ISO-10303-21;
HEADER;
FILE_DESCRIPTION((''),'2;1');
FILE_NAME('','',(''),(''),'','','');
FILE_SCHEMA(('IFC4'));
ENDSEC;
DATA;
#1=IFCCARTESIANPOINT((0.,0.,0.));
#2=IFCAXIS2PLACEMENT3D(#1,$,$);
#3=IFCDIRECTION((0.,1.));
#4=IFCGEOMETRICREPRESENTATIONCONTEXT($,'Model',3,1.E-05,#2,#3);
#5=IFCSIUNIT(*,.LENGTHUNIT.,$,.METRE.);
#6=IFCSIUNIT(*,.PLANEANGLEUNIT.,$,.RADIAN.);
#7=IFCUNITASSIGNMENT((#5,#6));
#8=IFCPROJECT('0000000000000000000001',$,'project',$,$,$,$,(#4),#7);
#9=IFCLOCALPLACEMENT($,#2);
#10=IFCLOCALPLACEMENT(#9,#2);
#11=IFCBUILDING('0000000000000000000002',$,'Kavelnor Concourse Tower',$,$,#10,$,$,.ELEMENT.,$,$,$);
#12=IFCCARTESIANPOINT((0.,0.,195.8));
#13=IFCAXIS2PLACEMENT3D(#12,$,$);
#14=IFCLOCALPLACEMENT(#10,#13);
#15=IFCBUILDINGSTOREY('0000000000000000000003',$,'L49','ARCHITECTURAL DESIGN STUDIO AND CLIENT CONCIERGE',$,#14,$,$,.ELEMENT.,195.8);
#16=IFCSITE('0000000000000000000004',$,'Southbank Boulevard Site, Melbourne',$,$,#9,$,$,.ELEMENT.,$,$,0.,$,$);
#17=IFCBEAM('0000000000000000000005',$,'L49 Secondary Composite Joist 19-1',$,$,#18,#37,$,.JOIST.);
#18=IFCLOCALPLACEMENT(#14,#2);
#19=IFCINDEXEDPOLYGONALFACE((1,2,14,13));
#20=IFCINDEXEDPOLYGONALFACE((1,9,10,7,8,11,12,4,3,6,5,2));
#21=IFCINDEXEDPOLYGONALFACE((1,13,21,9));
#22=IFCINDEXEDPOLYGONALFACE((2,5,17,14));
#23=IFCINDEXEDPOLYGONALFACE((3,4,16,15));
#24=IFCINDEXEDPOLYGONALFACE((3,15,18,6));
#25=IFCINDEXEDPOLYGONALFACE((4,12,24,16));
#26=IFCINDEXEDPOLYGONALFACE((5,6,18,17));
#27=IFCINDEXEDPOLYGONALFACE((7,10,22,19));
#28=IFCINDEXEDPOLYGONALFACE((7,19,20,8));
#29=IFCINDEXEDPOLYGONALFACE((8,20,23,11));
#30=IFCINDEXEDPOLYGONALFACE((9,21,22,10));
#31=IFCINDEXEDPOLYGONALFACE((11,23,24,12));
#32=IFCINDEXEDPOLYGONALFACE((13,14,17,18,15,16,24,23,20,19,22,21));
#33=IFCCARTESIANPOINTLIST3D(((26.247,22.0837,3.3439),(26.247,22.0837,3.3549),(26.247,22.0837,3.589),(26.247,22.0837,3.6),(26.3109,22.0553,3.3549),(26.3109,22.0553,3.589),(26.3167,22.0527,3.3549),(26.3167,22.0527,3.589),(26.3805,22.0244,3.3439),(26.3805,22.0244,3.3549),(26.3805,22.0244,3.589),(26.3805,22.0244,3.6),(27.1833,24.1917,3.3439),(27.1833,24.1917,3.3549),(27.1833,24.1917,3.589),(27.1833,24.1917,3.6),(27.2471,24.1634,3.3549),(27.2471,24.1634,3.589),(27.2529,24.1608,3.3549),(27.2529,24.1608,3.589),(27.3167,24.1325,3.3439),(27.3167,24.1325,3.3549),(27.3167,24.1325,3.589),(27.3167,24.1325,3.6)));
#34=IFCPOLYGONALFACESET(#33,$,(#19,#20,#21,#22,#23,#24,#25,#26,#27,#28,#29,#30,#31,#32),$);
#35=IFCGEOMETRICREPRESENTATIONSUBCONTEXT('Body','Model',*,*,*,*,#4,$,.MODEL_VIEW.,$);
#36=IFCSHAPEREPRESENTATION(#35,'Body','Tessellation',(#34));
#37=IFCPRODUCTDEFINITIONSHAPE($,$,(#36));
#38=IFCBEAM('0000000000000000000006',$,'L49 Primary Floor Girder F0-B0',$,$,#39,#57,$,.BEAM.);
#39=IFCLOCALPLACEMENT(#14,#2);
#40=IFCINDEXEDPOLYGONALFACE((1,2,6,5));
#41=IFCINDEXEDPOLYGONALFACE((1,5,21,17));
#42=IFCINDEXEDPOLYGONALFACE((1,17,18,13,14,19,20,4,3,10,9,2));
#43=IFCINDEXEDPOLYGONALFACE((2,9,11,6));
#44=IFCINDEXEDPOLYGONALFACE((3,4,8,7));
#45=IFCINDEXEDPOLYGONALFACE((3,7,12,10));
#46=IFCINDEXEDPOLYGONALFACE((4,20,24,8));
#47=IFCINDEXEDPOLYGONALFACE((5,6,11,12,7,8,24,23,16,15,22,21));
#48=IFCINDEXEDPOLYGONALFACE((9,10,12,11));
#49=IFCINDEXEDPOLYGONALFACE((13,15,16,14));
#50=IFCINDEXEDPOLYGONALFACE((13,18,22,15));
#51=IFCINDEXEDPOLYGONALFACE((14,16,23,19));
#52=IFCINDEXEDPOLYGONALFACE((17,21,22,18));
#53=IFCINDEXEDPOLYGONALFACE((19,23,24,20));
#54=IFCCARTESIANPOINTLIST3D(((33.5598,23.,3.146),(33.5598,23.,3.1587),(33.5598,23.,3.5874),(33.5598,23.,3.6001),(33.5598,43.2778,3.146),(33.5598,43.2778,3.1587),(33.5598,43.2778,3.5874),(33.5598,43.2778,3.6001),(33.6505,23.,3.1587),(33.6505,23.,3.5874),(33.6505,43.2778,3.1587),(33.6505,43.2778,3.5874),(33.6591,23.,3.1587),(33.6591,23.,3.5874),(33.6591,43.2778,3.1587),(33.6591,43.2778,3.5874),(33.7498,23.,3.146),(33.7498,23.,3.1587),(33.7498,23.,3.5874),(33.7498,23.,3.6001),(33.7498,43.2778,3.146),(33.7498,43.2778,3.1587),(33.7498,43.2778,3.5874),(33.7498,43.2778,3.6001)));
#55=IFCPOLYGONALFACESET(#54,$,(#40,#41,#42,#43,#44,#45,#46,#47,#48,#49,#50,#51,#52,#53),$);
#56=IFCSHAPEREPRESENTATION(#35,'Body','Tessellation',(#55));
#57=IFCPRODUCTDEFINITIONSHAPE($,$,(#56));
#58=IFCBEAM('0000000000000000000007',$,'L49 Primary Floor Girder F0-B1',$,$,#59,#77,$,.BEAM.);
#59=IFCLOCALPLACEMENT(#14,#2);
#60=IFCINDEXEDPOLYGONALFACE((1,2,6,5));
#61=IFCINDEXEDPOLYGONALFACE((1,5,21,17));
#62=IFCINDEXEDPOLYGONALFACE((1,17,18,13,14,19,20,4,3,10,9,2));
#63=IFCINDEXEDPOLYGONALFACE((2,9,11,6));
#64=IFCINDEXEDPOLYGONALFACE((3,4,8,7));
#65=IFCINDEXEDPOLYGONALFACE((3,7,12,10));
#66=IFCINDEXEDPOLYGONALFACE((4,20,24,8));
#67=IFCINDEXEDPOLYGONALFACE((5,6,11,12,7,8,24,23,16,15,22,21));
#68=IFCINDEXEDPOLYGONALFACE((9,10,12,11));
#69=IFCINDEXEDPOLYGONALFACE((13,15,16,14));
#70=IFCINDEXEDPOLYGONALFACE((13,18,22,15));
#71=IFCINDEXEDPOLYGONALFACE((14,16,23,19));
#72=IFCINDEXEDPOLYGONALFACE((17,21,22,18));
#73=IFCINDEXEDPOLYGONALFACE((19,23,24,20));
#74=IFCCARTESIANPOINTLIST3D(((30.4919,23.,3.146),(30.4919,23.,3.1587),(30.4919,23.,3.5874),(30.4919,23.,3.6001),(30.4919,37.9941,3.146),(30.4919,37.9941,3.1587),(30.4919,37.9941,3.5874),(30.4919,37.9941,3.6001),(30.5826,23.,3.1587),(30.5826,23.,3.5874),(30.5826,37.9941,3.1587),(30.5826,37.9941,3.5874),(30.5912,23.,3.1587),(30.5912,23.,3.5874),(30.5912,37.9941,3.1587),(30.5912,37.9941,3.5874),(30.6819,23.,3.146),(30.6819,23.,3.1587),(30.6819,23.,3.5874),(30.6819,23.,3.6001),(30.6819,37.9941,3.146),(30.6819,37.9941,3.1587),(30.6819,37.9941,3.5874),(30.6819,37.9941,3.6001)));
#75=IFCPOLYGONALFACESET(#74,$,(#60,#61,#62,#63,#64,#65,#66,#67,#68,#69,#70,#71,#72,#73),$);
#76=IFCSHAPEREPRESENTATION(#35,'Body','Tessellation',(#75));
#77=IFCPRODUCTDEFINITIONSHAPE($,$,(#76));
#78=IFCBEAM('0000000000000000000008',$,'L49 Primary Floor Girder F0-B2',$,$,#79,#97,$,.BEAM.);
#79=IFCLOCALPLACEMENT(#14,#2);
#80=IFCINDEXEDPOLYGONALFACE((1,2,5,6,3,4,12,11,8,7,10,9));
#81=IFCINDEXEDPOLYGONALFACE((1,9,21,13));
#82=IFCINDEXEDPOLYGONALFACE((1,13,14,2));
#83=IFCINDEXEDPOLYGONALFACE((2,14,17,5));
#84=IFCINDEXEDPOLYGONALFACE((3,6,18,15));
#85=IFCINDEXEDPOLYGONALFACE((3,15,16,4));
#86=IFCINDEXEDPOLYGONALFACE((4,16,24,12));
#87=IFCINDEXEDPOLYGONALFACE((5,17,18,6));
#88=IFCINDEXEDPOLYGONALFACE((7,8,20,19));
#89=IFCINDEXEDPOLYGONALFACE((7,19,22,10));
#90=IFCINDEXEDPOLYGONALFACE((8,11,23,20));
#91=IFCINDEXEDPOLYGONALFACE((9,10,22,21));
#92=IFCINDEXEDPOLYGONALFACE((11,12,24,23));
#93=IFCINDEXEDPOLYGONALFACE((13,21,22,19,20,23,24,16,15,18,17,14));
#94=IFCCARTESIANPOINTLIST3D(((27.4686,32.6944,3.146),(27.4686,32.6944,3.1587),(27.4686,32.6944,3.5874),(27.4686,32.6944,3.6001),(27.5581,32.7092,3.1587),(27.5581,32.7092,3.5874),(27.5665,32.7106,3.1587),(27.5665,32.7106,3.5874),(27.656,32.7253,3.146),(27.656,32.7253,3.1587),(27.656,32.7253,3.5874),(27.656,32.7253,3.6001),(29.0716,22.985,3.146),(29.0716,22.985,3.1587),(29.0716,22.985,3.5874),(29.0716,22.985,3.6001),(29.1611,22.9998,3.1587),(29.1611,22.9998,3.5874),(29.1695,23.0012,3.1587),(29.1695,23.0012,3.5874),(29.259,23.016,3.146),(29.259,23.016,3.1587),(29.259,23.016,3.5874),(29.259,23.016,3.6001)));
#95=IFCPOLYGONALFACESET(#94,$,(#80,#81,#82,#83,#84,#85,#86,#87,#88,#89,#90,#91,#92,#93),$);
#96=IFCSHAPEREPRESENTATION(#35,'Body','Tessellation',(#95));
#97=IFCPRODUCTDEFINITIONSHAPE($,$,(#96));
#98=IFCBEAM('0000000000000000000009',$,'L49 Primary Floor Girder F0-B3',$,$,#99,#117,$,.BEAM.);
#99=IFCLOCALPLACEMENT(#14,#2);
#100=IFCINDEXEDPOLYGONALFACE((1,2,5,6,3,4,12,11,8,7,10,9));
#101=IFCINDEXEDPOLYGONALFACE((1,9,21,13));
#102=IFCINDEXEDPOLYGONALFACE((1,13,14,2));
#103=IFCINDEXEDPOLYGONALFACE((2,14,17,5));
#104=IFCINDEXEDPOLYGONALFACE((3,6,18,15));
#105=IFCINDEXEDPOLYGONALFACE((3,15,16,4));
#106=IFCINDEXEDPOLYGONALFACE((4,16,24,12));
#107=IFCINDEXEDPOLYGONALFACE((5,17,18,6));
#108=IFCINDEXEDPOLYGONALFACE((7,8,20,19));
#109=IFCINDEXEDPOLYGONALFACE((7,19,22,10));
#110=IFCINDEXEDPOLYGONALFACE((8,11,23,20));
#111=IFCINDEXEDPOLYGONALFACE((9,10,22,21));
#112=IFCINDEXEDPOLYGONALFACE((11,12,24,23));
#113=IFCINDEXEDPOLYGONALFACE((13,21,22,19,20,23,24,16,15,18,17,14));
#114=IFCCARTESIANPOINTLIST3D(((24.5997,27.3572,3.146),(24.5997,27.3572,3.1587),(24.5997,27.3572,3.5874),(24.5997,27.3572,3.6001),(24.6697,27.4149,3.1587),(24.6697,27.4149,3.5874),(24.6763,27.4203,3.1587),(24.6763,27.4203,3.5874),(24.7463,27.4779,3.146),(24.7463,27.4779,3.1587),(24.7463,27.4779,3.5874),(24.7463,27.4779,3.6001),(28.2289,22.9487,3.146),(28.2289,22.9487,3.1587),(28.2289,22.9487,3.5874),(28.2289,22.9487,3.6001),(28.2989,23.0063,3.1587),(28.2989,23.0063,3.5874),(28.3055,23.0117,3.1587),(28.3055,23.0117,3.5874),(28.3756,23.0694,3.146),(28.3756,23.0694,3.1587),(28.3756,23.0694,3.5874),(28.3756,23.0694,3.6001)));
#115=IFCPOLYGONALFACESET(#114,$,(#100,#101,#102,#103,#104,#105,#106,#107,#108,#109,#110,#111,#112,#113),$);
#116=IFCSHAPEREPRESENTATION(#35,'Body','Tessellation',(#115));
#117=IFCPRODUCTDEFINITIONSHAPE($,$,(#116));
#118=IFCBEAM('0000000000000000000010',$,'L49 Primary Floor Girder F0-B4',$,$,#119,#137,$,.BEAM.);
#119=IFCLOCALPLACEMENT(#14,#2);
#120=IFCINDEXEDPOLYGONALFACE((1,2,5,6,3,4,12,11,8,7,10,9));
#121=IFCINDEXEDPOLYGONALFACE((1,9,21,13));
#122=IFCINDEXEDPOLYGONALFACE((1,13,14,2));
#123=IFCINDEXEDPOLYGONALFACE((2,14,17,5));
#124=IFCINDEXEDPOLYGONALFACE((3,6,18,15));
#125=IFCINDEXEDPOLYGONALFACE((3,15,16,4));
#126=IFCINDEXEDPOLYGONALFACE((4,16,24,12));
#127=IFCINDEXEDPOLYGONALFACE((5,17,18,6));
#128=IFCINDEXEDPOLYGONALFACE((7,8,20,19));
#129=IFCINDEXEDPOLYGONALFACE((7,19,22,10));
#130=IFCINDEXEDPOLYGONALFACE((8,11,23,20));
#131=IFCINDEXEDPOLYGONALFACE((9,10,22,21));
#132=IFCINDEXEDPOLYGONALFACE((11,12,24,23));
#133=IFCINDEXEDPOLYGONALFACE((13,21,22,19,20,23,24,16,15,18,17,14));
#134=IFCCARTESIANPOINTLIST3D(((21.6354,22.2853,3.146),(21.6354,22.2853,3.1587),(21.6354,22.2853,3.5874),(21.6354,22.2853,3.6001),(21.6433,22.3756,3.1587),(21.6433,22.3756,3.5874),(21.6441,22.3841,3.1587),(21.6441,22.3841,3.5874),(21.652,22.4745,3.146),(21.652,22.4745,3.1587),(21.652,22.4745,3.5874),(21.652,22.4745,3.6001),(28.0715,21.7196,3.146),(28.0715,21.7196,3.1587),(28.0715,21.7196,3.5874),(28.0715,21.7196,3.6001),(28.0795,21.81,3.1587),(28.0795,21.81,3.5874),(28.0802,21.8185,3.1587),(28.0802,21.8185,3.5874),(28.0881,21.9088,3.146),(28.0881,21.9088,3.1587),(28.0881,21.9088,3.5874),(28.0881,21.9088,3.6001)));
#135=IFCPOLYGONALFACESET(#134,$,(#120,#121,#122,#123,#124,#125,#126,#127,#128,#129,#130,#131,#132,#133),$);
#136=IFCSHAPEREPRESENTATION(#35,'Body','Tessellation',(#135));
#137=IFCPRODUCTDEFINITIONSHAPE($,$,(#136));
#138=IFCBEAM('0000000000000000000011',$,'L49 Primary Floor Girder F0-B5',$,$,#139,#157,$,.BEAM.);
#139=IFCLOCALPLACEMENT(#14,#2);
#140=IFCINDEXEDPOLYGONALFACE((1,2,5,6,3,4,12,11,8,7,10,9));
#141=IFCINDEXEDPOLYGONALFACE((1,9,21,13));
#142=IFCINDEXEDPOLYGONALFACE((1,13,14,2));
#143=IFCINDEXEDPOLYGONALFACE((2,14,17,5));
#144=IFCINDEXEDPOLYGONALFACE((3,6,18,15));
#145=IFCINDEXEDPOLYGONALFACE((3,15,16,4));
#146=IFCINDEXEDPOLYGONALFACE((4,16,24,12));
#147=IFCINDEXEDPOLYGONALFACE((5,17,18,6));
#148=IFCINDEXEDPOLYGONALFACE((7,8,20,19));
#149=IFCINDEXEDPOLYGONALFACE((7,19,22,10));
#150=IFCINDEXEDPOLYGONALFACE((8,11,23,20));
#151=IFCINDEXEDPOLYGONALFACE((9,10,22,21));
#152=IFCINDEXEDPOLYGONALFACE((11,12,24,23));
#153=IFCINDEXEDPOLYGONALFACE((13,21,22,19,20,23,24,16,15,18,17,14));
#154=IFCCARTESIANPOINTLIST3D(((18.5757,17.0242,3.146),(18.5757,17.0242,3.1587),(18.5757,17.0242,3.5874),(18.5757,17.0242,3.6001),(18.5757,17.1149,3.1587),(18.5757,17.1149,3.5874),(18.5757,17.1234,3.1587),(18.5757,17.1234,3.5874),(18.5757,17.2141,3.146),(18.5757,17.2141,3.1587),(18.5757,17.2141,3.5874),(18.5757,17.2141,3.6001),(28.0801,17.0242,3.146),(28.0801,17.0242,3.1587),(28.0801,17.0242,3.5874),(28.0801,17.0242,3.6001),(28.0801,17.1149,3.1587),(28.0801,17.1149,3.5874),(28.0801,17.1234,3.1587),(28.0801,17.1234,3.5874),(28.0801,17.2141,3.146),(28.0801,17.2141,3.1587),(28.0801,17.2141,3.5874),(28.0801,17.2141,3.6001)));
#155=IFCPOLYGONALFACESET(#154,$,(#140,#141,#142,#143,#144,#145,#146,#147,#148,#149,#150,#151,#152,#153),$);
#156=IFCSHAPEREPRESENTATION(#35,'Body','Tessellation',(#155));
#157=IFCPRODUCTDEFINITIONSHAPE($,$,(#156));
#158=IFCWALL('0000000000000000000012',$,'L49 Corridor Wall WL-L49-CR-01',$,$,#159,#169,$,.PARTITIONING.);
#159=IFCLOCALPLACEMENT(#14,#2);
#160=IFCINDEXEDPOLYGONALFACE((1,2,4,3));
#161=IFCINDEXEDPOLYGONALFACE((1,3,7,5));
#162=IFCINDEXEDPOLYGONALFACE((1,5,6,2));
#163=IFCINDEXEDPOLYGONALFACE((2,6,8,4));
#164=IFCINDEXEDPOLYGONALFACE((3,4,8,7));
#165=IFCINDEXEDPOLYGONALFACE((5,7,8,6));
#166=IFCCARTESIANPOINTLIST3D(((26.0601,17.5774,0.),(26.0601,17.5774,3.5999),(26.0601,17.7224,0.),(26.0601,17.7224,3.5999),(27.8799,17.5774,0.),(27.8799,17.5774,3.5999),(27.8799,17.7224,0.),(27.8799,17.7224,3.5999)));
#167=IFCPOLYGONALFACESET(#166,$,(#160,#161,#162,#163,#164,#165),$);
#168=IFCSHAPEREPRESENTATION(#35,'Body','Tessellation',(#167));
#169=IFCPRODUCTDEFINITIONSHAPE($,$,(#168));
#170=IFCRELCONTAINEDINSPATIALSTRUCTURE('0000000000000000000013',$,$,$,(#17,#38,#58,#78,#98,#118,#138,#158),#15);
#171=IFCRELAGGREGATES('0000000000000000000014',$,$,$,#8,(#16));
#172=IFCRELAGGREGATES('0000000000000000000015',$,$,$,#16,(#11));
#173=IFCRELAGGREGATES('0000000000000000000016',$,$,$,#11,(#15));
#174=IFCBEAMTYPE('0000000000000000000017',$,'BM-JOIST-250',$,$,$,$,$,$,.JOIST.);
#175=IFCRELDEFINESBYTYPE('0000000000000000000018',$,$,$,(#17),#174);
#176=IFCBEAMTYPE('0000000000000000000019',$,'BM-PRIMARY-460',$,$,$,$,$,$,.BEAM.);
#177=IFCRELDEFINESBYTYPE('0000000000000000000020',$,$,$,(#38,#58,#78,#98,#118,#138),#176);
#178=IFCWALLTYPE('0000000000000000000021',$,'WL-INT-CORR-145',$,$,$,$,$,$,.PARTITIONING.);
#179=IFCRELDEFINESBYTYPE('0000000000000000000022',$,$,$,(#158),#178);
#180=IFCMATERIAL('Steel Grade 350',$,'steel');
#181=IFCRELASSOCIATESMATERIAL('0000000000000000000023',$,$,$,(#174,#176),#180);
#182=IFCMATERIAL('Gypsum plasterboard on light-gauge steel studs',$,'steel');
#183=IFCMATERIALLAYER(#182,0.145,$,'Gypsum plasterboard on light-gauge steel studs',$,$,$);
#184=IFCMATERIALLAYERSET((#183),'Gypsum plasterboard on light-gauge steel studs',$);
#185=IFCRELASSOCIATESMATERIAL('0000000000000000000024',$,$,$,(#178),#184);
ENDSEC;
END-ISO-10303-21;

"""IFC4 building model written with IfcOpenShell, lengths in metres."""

from ifc_helpers import new_model, si_unit, direction, frame, frame_2d, origin, origin_2d, place, context, subcontext, project, spatial, rectangle, i_section, extrude, material, layer, layer_set, material_profile, profile_set, type_object, element, save


model = new_model("IFC4")

# Units and contexts
model_context = context("Model", 3, precision=1e-05, world=origin(), true_north=direction((0.0, 1.0)))
body_context = subcontext(model_context, "Body", "Model", "MODEL_VIEW")
ifc_project = project(units=[si_unit("LENGTHUNIT", "METRE"), si_unit("PLANEANGLEUNIT", "RADIAN")], contexts=[model_context])

# Site, building, storey
site_placement = place(None, origin())
site = spatial("IfcSite", under=ifc_project, at=site_placement, Name="Southbank Boulevard Site, Melbourne", CompositionType="ELEMENT", RefElevation=0.0)
building_placement = place(site_placement, origin())
building = spatial("IfcBuilding", under=site, at=building_placement, Name="Kavelnor Concourse Tower", CompositionType="ELEMENT")
storey_placement = place(building_placement, frame((0.0, 0.0, 195.8)))
storey = spatial("IfcBuildingStorey", under=building, at=storey_placement, Name="L49", Description="ARCHITECTURAL DESIGN STUDIO AND CLIENT CONCIERGE", CompositionType="ELEMENT", Elevation=195.8)

# Beams
ifc_material_1 = material(Name="Steel Grade 350", Category="steel")
ifc_material_profile_1 = material_profile(ifc_material_1, i_section(OverallWidth=0.146, OverallDepth=0.2561, WebThickness=0.0063, FlangeThickness=0.011, at=origin_2d()), Name="250UB37")
ifc_profile_set_1 = profile_set([ifc_material_profile_1], Name="Steel Grade 350")
beam_type_1 = type_object("IfcBeamType", Name="BM-JOIST-250", PredefinedType="JOIST", material=ifc_profile_set_1)
beam_1_placement = place(storey_placement, frame((27.25, 24.1621, 3.4719), z_axis=(-0.405893, -0.913921, 0.0), x_axis=(0.913921, -0.405893, 0.0)))
element("IfcBeam", 1, at=beam_1_placement, inside=storey, type_object=beam_type_1, Name="L49 Secondary Composite Joist 19-1", PredefinedType="JOIST", context=body_context, shape_type="SweptSolid", body=[
    extrude(i_section(OverallWidth=0.146, OverallDepth=0.2561, WebThickness=0.0063, FlangeThickness=0.011, at=origin_2d()), origin(), (0.0, 0.0, 1.0), 2.3066),
])
ifc_material_profile_2 = material_profile(ifc_material_1, i_section(OverallWidth=0.1899, OverallDepth=0.4541, WebThickness=0.0085, FlangeThickness=0.0127, at=origin_2d()), Name="460UB67")
ifc_profile_set_2 = profile_set([ifc_material_profile_2], Name="Steel Grade 350")
beam_type_2 = type_object("IfcBeamType", Name="BM-PRIMARY-460", PredefinedType="BEAM", material=ifc_profile_set_2)
beam_2_placement = place(storey_placement, frame((33.6548, 23.0, 3.373), z_axis=(0.0, 1.0, 0.0), x_axis=(-1.0, 0.0, 0.0)))
element("IfcBeam", 2, at=beam_2_placement, inside=storey, type_object=beam_type_2, Name="L49 Primary Floor Girder F0-B0", PredefinedType="BEAM", context=body_context, shape_type="SweptSolid", body=[
    extrude(i_section(OverallWidth=0.1899, OverallDepth=0.4541, WebThickness=0.0085, FlangeThickness=0.0127, at=origin_2d()), origin(), (0.0, 0.0, 1.0), 20.2778),
])
beam_3_placement = place(storey_placement, frame((30.5869, 23.0, 3.373), z_axis=(0.0, 1.0, 0.0), x_axis=(-1.0, 0.0, 0.0)))
element("IfcBeam", 3, at=beam_3_placement, inside=storey, type_object=beam_type_2, Name="L49 Primary Floor Girder F0-B1", PredefinedType="BEAM", context=body_context, shape_type="SweptSolid", body=[
    extrude(i_section(OverallWidth=0.1899, OverallDepth=0.4541, WebThickness=0.0085, FlangeThickness=0.0127, at=origin_2d()), origin(), (0.0, 0.0, 1.0), 14.9941),
])
beam_4_placement = place(storey_placement, frame((29.1653, 23.0005, 3.373), z_axis=(-0.162894, 0.986644, 0.0), x_axis=(-0.986644, -0.162894, 0.0)))
element("IfcBeam", 4, at=beam_4_placement, inside=storey, type_object=beam_type_2, Name="L49 Primary Floor Girder F0-B2", PredefinedType="BEAM", context=body_context, shape_type="SweptSolid", body=[
    extrude(i_section(OverallWidth=0.1899, OverallDepth=0.4541, WebThickness=0.0085, FlangeThickness=0.0127, at=origin_2d()), origin(), (0.0, 0.0, 1.0), 9.8408),
])
beam_5_placement = place(storey_placement, frame((28.3022, 23.009, 3.373), z_axis=(-0.635568, 0.772045, 0.0), x_axis=(-0.772045, -0.635568, 0.0)))
element("IfcBeam", 5, at=beam_5_placement, inside=storey, type_object=beam_type_2, Name="L49 Primary Floor Girder F0-B3", PredefinedType="BEAM", context=body_context, shape_type="SweptSolid", body=[
    extrude(i_section(OverallWidth=0.1899, OverallDepth=0.4541, WebThickness=0.0085, FlangeThickness=0.0127, at=origin_2d()), origin(), (0.0, 0.0, 1.0), 5.7102),
])
beam_6_placement = place(storey_placement, frame((28.0798, 21.8142, 3.373), z_axis=(-0.99616, 0.087554, 0.0), x_axis=(-0.087554, -0.99616, 0.0)))
element("IfcBeam", 6, at=beam_6_placement, inside=storey, type_object=beam_type_2, Name="L49 Primary Floor Girder F0-B4", PredefinedType="BEAM", context=body_context, shape_type="SweptSolid", body=[
    extrude(i_section(OverallWidth=0.1899, OverallDepth=0.4541, WebThickness=0.0085, FlangeThickness=0.0127, at=origin_2d()), origin(), (0.0, 0.0, 1.0), 6.4609),
])
beam_7_placement = place(storey_placement, frame((28.0801, 17.1191, 3.373), z_axis=(-1.0, 0.0, 0.0), x_axis=(0.0, -1.0, 0.0)))
element("IfcBeam", 7, at=beam_7_placement, inside=storey, type_object=beam_type_2, Name="L49 Primary Floor Girder F0-B5", PredefinedType="BEAM", context=body_context, shape_type="SweptSolid", body=[
    extrude(i_section(OverallWidth=0.1899, OverallDepth=0.4541, WebThickness=0.0085, FlangeThickness=0.0127, at=origin_2d()), origin(), (0.0, 0.0, 1.0), 9.5044),
])

# Wall
ifc_material_2 = material(Name="Gypsum plasterboard on light-gauge steel studs", Category="steel")
ifc_layer_1 = layer(ifc_material_2, 0.145, Name="Gypsum plasterboard on light-gauge steel studs")
ifc_layer_set_1 = layer_set([ifc_layer_1], Name="Gypsum plasterboard on light-gauge steel studs")
wall_type_1 = type_object("IfcWallType", Name="WL-INT-CORR-145", PredefinedType="PARTITIONING", material=ifc_layer_set_1)
wall_1_placement = place(storey_placement, frame((27.8799, 17.6499, 0.0), z_axis=(0.0, 0.0, 1.0), x_axis=(-1.0, 0.0, 0.0)))
element("IfcWall", 8, at=wall_1_placement, inside=storey, type_object=wall_type_1, Name="L49 Corridor Wall WL-L49-CR-01", PredefinedType="PARTITIONING", context=body_context, shape_type="SweptSolid", body=[
    extrude(rectangle(XDim=1.8198, YDim=0.145, at=frame_2d((0.9099, 0.0))), origin(), (0.0, 0.0, 1.0), 3.5999),
])

save(model, "model.ifc")
